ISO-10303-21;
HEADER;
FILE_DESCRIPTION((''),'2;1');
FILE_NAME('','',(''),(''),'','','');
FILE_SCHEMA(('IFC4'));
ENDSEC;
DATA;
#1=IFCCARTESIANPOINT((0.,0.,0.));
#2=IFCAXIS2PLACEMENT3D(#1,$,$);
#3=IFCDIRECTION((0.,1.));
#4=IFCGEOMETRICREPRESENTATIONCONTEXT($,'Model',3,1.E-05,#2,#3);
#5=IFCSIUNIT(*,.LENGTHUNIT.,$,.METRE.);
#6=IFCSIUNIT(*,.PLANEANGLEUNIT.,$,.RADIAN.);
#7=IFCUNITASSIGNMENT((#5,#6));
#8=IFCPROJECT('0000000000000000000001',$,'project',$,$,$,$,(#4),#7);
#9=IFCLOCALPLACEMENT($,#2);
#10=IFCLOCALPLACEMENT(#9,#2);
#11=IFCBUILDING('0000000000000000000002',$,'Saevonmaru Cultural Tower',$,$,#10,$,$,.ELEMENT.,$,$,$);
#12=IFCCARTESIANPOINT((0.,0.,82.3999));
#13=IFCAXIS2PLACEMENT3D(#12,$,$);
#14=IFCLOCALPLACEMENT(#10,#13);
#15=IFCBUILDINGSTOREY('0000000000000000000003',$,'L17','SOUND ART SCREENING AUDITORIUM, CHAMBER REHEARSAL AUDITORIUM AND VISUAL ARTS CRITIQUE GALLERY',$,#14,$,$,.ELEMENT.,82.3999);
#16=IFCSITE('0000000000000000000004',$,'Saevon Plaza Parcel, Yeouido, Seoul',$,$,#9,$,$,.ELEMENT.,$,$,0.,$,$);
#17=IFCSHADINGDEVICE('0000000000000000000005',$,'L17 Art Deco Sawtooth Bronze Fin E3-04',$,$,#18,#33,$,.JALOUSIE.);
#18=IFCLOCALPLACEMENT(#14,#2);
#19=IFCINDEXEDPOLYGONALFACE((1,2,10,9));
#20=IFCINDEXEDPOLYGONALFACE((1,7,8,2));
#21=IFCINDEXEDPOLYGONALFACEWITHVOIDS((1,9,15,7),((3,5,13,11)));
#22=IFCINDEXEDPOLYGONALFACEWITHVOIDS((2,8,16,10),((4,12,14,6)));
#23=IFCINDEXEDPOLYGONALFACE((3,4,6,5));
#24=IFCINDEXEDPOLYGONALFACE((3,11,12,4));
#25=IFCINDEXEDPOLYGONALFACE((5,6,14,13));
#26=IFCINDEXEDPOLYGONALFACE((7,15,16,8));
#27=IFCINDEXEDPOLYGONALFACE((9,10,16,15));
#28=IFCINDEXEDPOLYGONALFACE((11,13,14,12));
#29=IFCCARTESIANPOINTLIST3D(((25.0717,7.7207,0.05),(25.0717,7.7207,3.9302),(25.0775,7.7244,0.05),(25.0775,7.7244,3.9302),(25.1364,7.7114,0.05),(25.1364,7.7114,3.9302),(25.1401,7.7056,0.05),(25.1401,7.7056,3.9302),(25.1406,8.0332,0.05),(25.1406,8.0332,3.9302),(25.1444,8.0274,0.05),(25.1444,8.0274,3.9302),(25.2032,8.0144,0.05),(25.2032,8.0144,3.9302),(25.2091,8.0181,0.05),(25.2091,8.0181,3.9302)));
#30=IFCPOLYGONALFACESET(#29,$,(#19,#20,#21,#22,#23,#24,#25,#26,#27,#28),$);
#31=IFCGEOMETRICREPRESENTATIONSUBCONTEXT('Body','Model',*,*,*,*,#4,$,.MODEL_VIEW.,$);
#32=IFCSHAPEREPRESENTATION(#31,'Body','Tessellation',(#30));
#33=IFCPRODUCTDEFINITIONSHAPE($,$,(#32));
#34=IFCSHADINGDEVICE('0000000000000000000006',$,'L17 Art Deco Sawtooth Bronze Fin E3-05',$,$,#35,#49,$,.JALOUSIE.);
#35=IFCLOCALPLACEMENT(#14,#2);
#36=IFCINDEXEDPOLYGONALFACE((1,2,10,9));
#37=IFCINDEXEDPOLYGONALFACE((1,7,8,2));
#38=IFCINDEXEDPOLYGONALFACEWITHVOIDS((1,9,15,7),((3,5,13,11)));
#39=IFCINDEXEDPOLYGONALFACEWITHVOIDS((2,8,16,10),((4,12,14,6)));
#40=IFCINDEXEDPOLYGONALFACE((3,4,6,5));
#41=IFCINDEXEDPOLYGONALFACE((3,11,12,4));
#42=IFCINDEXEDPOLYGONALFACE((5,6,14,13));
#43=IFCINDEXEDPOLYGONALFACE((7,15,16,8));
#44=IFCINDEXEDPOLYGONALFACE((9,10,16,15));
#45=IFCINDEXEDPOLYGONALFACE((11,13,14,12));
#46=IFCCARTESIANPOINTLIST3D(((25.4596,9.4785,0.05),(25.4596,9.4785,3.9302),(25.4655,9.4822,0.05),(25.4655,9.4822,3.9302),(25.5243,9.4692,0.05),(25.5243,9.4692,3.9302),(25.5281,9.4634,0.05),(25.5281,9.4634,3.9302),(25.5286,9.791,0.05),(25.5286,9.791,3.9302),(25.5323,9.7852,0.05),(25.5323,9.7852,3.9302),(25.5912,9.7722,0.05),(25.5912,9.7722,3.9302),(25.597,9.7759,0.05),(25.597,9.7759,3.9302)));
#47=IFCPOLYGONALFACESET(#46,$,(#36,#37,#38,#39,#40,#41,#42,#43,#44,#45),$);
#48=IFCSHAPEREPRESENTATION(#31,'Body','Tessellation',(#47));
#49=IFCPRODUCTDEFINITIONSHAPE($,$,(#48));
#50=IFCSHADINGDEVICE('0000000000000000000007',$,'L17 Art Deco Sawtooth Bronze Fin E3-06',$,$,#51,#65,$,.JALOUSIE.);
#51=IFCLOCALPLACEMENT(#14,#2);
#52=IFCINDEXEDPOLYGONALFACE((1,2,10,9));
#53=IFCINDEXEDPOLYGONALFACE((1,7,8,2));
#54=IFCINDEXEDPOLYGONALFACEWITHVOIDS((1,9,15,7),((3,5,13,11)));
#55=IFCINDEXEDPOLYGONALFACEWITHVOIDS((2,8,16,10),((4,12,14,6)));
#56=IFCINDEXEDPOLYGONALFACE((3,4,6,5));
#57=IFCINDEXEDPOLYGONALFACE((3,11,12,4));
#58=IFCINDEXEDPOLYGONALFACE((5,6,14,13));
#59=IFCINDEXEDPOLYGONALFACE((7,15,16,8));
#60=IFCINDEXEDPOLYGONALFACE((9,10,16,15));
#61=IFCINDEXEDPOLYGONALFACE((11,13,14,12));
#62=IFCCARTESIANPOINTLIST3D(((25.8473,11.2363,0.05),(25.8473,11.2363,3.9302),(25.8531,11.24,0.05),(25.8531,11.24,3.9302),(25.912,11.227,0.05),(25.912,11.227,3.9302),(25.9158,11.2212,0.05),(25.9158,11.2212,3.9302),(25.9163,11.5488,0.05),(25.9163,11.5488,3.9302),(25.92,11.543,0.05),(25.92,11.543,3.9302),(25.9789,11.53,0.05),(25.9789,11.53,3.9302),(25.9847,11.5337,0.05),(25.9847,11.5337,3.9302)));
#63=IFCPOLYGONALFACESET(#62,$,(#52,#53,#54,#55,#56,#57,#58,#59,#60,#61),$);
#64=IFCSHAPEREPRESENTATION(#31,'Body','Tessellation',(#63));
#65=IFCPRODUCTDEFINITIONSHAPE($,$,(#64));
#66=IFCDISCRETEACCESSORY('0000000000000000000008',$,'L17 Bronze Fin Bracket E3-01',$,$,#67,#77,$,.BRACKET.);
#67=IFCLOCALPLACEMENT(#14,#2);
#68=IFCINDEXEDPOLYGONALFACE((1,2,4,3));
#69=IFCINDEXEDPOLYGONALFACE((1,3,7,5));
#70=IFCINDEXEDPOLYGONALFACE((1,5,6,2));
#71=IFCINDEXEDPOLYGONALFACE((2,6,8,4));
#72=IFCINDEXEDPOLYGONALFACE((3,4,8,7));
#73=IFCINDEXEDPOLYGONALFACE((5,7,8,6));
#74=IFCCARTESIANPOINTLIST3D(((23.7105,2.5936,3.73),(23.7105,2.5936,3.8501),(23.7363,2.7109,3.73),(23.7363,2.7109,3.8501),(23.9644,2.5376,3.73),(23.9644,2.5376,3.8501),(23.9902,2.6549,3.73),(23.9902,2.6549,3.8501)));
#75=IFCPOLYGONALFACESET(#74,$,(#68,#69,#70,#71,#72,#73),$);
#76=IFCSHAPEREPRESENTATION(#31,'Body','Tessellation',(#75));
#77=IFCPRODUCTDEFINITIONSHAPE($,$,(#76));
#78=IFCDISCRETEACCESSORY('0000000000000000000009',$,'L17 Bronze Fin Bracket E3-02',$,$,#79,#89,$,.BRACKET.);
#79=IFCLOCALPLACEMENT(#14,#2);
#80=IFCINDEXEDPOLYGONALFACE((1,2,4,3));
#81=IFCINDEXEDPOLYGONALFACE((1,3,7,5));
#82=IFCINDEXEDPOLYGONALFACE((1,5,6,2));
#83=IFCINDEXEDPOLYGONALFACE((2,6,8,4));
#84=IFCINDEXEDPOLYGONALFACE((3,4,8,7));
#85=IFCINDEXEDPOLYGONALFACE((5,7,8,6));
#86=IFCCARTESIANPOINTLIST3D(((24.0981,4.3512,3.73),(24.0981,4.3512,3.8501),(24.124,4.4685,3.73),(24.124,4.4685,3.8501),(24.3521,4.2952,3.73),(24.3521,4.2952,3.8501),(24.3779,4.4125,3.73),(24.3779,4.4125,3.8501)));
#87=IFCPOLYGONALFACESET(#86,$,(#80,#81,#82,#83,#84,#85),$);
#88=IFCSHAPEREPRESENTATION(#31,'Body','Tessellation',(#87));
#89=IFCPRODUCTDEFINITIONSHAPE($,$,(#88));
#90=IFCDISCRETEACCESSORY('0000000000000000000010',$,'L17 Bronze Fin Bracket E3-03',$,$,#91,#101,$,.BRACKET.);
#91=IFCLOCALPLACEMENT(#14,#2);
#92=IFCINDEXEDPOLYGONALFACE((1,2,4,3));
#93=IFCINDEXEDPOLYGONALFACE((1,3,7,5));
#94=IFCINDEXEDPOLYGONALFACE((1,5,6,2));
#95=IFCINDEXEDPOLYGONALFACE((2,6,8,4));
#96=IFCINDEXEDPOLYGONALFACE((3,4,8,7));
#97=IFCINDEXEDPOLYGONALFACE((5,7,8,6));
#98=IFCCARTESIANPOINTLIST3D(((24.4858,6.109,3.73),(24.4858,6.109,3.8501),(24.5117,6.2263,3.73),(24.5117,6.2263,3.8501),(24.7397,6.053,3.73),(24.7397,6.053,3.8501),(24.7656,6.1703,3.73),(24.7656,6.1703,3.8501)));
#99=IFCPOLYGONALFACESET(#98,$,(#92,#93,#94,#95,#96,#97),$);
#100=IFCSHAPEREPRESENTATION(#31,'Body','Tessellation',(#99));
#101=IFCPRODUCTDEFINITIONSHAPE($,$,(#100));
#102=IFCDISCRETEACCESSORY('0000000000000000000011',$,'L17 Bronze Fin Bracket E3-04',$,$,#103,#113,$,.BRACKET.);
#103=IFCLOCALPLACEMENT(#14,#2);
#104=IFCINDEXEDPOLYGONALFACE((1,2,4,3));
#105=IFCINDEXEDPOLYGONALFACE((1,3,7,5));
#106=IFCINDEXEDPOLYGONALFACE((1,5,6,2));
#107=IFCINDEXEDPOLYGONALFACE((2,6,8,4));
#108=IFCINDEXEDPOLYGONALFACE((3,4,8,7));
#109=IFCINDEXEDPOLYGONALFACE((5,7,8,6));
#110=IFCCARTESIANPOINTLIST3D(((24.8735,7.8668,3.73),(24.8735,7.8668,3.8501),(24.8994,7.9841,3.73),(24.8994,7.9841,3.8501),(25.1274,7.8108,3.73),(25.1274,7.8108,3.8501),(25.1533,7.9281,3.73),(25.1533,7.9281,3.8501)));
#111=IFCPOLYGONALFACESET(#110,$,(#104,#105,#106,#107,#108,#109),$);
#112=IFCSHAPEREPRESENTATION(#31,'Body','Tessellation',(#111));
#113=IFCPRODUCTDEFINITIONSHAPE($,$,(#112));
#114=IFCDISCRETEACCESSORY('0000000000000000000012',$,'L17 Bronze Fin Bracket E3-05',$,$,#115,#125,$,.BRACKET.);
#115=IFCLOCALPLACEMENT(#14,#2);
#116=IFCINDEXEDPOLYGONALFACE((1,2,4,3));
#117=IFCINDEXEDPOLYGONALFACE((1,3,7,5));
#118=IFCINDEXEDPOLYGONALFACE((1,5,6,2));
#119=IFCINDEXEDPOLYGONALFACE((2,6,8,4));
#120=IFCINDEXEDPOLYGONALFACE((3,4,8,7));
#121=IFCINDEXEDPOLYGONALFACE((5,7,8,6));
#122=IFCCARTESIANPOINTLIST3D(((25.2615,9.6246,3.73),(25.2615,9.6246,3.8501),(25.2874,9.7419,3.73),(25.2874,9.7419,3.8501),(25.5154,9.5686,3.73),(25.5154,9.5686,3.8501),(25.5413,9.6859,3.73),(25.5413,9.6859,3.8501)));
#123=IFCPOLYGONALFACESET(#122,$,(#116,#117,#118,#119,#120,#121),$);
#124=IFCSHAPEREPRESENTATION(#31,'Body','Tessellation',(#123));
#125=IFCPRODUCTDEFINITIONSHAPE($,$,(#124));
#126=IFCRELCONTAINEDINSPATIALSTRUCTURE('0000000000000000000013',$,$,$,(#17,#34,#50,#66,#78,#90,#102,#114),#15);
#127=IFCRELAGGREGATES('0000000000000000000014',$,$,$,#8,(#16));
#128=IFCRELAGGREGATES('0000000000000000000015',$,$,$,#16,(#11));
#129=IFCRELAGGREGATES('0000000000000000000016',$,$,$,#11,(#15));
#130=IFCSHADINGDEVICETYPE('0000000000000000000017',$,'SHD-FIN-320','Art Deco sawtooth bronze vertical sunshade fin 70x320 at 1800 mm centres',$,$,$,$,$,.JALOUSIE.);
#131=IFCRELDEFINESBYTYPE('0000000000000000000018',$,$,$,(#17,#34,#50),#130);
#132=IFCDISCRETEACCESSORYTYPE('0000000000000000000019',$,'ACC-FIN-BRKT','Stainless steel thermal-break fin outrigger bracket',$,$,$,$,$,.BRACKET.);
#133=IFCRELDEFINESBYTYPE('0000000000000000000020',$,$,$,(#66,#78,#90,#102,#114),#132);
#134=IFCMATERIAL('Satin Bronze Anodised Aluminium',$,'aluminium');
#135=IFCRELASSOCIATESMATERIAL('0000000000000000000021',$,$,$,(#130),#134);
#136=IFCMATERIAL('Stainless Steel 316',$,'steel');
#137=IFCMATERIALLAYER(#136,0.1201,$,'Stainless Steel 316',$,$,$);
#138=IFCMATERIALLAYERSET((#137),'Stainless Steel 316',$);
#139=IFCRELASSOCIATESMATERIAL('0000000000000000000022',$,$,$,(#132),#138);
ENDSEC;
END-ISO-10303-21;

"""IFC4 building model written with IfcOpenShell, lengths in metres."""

from ifc_helpers import new_model, si_unit, direction, frame, origin, origin_2d, place, context, subcontext, project, spatial, rectangle, hollow_rectangle, extrude, material, layer, layer_set, material_profile, profile_set, type_object, element, save


model = new_model("IFC4")

# Units and contexts
model_context = context("Model", 3, precision=1e-05, world=origin(), true_north=direction((0.0, 1.0)))
body_context = subcontext(model_context, "Body", "Model", "MODEL_VIEW")
ifc_project = project(units=[si_unit("LENGTHUNIT", "METRE"), si_unit("PLANEANGLEUNIT", "RADIAN")], contexts=[model_context])

# Site, building, storey
site_placement = place(None, origin())
site = spatial("IfcSite", under=ifc_project, at=site_placement, Name="Saevon Plaza Parcel, Yeouido, Seoul", CompositionType="ELEMENT", RefElevation=0.0)
building_placement = place(site_placement, origin())
building = spatial("IfcBuilding", under=site, at=building_placement, Name="Saevonmaru Cultural Tower", CompositionType="ELEMENT")
storey_placement = place(building_placement, frame((0.0, 0.0, 82.3999)))
storey = spatial("IfcBuildingStorey", under=building, at=storey_placement, Name="L17", Description="SOUND ART SCREENING AUDITORIUM, CHAMBER REHEARSAL AUDITORIUM AND VISUAL ARTS CRITIQUE GALLERY", CompositionType="ELEMENT", Elevation=82.3999)

# Shared definitions
ifc_material_1 = material(Name="Satin Bronze Anodised Aluminium", Category="aluminium")

# Shading devices
ifc_material_profile_1 = material_profile(ifc_material_1, hollow_rectangle(XDim=0.0701, YDim=0.3201, WallThickness=0.0049, at=origin_2d()), Name="FIN-320x70")
ifc_profile_set_1 = profile_set([ifc_material_profile_1], Name="Satin Bronze Anodised Aluminium")
shading_device_type = type_object("IfcShadingDeviceType", Name="SHD-FIN-320", Description="Art Deco sawtooth bronze vertical sunshade fin 70x320 at 1800 mm centres", PredefinedType="JALOUSIE", material=ifc_profile_set_1)
for number, where, z_axis, x_axis, name in (
    (1, (25.1404, 7.8694, 0.05), (0.0, 0.0, 1.0), (0.976522, -0.215417, 0.0), "L17 Art Deco Sawtooth Bronze Fin E3-04"),
    (2, (25.5283, 9.6272, 0.05), (0.0, 0.0, 1.0), (0.976522, -0.215417, 0.0), "L17 Art Deco Sawtooth Bronze Fin E3-05"),
    (3, (25.916, 11.385, 0.05), (0.0, 0.0, 1.0), (0.976522, -0.215417, 0.0), "L17 Art Deco Sawtooth Bronze Fin E3-06"),
):
    element("IfcShadingDevice", number, at=place(storey_placement, frame(where, z_axis=z_axis, x_axis=x_axis)), inside=storey, type_object=shading_device_type, Name=name, PredefinedType="JALOUSIE", context=body_context, shape_type="SweptSolid", body=[
        extrude(hollow_rectangle(XDim=0.0701, YDim=0.3201, WallThickness=0.0049, at=origin_2d()), origin(), (0.0, 0.0, 1.0), 3.8801),
    ])

# Discrete accessories
ifc_material_2 = material(Name="Stainless Steel 316", Category="steel")
ifc_layer_1 = layer(ifc_material_2, 0.1201, Name="Stainless Steel 316")
ifc_layer_set_1 = layer_set([ifc_layer_1], Name="Stainless Steel 316")
discrete_accessory_type = type_object("IfcDiscreteAccessoryType", Name="ACC-FIN-BRKT", Description="Stainless steel thermal-break fin outrigger bracket", PredefinedType="BRACKET", material=ifc_layer_set_1)
for number, where, z_axis, x_axis, name in (
    (4, (23.8503, 2.6243, 3.73), (0.0, 0.0, 1.0), (0.976522, -0.215417, 0.0), "L17 Bronze Fin Bracket E3-01"),
    (5, (24.238, 4.3818, 3.73), (0.0, 0.0, 1.0), (0.976522, -0.215417, 0.0), "L17 Bronze Fin Bracket E3-02"),
    (6, (24.6257, 6.1396, 3.73), (0.0, 0.0, 1.0), (0.976522, -0.215417, 0.0), "L17 Bronze Fin Bracket E3-03"),
    (7, (25.0134, 7.8975, 3.73), (0.0, 0.0, 1.0), (0.976522, -0.215417, 0.0), "L17 Bronze Fin Bracket E3-04"),
    (8, (25.4014, 9.6553, 3.73), (0.0, 0.0, 1.0), (0.976522, -0.215417, 0.0), "L17 Bronze Fin Bracket E3-05"),
):
    element("IfcDiscreteAccessory", number, at=place(storey_placement, frame(where, z_axis=z_axis, x_axis=x_axis)), inside=storey, type_object=discrete_accessory_type, Name=name, PredefinedType="BRACKET", context=body_context, shape_type="SweptSolid", body=[
        extrude(rectangle(XDim=0.26, YDim=0.1201, at=origin_2d()), origin(), (0.0, 0.0, 1.0), 0.1201),
    ])

save(model, "model.ifc")
